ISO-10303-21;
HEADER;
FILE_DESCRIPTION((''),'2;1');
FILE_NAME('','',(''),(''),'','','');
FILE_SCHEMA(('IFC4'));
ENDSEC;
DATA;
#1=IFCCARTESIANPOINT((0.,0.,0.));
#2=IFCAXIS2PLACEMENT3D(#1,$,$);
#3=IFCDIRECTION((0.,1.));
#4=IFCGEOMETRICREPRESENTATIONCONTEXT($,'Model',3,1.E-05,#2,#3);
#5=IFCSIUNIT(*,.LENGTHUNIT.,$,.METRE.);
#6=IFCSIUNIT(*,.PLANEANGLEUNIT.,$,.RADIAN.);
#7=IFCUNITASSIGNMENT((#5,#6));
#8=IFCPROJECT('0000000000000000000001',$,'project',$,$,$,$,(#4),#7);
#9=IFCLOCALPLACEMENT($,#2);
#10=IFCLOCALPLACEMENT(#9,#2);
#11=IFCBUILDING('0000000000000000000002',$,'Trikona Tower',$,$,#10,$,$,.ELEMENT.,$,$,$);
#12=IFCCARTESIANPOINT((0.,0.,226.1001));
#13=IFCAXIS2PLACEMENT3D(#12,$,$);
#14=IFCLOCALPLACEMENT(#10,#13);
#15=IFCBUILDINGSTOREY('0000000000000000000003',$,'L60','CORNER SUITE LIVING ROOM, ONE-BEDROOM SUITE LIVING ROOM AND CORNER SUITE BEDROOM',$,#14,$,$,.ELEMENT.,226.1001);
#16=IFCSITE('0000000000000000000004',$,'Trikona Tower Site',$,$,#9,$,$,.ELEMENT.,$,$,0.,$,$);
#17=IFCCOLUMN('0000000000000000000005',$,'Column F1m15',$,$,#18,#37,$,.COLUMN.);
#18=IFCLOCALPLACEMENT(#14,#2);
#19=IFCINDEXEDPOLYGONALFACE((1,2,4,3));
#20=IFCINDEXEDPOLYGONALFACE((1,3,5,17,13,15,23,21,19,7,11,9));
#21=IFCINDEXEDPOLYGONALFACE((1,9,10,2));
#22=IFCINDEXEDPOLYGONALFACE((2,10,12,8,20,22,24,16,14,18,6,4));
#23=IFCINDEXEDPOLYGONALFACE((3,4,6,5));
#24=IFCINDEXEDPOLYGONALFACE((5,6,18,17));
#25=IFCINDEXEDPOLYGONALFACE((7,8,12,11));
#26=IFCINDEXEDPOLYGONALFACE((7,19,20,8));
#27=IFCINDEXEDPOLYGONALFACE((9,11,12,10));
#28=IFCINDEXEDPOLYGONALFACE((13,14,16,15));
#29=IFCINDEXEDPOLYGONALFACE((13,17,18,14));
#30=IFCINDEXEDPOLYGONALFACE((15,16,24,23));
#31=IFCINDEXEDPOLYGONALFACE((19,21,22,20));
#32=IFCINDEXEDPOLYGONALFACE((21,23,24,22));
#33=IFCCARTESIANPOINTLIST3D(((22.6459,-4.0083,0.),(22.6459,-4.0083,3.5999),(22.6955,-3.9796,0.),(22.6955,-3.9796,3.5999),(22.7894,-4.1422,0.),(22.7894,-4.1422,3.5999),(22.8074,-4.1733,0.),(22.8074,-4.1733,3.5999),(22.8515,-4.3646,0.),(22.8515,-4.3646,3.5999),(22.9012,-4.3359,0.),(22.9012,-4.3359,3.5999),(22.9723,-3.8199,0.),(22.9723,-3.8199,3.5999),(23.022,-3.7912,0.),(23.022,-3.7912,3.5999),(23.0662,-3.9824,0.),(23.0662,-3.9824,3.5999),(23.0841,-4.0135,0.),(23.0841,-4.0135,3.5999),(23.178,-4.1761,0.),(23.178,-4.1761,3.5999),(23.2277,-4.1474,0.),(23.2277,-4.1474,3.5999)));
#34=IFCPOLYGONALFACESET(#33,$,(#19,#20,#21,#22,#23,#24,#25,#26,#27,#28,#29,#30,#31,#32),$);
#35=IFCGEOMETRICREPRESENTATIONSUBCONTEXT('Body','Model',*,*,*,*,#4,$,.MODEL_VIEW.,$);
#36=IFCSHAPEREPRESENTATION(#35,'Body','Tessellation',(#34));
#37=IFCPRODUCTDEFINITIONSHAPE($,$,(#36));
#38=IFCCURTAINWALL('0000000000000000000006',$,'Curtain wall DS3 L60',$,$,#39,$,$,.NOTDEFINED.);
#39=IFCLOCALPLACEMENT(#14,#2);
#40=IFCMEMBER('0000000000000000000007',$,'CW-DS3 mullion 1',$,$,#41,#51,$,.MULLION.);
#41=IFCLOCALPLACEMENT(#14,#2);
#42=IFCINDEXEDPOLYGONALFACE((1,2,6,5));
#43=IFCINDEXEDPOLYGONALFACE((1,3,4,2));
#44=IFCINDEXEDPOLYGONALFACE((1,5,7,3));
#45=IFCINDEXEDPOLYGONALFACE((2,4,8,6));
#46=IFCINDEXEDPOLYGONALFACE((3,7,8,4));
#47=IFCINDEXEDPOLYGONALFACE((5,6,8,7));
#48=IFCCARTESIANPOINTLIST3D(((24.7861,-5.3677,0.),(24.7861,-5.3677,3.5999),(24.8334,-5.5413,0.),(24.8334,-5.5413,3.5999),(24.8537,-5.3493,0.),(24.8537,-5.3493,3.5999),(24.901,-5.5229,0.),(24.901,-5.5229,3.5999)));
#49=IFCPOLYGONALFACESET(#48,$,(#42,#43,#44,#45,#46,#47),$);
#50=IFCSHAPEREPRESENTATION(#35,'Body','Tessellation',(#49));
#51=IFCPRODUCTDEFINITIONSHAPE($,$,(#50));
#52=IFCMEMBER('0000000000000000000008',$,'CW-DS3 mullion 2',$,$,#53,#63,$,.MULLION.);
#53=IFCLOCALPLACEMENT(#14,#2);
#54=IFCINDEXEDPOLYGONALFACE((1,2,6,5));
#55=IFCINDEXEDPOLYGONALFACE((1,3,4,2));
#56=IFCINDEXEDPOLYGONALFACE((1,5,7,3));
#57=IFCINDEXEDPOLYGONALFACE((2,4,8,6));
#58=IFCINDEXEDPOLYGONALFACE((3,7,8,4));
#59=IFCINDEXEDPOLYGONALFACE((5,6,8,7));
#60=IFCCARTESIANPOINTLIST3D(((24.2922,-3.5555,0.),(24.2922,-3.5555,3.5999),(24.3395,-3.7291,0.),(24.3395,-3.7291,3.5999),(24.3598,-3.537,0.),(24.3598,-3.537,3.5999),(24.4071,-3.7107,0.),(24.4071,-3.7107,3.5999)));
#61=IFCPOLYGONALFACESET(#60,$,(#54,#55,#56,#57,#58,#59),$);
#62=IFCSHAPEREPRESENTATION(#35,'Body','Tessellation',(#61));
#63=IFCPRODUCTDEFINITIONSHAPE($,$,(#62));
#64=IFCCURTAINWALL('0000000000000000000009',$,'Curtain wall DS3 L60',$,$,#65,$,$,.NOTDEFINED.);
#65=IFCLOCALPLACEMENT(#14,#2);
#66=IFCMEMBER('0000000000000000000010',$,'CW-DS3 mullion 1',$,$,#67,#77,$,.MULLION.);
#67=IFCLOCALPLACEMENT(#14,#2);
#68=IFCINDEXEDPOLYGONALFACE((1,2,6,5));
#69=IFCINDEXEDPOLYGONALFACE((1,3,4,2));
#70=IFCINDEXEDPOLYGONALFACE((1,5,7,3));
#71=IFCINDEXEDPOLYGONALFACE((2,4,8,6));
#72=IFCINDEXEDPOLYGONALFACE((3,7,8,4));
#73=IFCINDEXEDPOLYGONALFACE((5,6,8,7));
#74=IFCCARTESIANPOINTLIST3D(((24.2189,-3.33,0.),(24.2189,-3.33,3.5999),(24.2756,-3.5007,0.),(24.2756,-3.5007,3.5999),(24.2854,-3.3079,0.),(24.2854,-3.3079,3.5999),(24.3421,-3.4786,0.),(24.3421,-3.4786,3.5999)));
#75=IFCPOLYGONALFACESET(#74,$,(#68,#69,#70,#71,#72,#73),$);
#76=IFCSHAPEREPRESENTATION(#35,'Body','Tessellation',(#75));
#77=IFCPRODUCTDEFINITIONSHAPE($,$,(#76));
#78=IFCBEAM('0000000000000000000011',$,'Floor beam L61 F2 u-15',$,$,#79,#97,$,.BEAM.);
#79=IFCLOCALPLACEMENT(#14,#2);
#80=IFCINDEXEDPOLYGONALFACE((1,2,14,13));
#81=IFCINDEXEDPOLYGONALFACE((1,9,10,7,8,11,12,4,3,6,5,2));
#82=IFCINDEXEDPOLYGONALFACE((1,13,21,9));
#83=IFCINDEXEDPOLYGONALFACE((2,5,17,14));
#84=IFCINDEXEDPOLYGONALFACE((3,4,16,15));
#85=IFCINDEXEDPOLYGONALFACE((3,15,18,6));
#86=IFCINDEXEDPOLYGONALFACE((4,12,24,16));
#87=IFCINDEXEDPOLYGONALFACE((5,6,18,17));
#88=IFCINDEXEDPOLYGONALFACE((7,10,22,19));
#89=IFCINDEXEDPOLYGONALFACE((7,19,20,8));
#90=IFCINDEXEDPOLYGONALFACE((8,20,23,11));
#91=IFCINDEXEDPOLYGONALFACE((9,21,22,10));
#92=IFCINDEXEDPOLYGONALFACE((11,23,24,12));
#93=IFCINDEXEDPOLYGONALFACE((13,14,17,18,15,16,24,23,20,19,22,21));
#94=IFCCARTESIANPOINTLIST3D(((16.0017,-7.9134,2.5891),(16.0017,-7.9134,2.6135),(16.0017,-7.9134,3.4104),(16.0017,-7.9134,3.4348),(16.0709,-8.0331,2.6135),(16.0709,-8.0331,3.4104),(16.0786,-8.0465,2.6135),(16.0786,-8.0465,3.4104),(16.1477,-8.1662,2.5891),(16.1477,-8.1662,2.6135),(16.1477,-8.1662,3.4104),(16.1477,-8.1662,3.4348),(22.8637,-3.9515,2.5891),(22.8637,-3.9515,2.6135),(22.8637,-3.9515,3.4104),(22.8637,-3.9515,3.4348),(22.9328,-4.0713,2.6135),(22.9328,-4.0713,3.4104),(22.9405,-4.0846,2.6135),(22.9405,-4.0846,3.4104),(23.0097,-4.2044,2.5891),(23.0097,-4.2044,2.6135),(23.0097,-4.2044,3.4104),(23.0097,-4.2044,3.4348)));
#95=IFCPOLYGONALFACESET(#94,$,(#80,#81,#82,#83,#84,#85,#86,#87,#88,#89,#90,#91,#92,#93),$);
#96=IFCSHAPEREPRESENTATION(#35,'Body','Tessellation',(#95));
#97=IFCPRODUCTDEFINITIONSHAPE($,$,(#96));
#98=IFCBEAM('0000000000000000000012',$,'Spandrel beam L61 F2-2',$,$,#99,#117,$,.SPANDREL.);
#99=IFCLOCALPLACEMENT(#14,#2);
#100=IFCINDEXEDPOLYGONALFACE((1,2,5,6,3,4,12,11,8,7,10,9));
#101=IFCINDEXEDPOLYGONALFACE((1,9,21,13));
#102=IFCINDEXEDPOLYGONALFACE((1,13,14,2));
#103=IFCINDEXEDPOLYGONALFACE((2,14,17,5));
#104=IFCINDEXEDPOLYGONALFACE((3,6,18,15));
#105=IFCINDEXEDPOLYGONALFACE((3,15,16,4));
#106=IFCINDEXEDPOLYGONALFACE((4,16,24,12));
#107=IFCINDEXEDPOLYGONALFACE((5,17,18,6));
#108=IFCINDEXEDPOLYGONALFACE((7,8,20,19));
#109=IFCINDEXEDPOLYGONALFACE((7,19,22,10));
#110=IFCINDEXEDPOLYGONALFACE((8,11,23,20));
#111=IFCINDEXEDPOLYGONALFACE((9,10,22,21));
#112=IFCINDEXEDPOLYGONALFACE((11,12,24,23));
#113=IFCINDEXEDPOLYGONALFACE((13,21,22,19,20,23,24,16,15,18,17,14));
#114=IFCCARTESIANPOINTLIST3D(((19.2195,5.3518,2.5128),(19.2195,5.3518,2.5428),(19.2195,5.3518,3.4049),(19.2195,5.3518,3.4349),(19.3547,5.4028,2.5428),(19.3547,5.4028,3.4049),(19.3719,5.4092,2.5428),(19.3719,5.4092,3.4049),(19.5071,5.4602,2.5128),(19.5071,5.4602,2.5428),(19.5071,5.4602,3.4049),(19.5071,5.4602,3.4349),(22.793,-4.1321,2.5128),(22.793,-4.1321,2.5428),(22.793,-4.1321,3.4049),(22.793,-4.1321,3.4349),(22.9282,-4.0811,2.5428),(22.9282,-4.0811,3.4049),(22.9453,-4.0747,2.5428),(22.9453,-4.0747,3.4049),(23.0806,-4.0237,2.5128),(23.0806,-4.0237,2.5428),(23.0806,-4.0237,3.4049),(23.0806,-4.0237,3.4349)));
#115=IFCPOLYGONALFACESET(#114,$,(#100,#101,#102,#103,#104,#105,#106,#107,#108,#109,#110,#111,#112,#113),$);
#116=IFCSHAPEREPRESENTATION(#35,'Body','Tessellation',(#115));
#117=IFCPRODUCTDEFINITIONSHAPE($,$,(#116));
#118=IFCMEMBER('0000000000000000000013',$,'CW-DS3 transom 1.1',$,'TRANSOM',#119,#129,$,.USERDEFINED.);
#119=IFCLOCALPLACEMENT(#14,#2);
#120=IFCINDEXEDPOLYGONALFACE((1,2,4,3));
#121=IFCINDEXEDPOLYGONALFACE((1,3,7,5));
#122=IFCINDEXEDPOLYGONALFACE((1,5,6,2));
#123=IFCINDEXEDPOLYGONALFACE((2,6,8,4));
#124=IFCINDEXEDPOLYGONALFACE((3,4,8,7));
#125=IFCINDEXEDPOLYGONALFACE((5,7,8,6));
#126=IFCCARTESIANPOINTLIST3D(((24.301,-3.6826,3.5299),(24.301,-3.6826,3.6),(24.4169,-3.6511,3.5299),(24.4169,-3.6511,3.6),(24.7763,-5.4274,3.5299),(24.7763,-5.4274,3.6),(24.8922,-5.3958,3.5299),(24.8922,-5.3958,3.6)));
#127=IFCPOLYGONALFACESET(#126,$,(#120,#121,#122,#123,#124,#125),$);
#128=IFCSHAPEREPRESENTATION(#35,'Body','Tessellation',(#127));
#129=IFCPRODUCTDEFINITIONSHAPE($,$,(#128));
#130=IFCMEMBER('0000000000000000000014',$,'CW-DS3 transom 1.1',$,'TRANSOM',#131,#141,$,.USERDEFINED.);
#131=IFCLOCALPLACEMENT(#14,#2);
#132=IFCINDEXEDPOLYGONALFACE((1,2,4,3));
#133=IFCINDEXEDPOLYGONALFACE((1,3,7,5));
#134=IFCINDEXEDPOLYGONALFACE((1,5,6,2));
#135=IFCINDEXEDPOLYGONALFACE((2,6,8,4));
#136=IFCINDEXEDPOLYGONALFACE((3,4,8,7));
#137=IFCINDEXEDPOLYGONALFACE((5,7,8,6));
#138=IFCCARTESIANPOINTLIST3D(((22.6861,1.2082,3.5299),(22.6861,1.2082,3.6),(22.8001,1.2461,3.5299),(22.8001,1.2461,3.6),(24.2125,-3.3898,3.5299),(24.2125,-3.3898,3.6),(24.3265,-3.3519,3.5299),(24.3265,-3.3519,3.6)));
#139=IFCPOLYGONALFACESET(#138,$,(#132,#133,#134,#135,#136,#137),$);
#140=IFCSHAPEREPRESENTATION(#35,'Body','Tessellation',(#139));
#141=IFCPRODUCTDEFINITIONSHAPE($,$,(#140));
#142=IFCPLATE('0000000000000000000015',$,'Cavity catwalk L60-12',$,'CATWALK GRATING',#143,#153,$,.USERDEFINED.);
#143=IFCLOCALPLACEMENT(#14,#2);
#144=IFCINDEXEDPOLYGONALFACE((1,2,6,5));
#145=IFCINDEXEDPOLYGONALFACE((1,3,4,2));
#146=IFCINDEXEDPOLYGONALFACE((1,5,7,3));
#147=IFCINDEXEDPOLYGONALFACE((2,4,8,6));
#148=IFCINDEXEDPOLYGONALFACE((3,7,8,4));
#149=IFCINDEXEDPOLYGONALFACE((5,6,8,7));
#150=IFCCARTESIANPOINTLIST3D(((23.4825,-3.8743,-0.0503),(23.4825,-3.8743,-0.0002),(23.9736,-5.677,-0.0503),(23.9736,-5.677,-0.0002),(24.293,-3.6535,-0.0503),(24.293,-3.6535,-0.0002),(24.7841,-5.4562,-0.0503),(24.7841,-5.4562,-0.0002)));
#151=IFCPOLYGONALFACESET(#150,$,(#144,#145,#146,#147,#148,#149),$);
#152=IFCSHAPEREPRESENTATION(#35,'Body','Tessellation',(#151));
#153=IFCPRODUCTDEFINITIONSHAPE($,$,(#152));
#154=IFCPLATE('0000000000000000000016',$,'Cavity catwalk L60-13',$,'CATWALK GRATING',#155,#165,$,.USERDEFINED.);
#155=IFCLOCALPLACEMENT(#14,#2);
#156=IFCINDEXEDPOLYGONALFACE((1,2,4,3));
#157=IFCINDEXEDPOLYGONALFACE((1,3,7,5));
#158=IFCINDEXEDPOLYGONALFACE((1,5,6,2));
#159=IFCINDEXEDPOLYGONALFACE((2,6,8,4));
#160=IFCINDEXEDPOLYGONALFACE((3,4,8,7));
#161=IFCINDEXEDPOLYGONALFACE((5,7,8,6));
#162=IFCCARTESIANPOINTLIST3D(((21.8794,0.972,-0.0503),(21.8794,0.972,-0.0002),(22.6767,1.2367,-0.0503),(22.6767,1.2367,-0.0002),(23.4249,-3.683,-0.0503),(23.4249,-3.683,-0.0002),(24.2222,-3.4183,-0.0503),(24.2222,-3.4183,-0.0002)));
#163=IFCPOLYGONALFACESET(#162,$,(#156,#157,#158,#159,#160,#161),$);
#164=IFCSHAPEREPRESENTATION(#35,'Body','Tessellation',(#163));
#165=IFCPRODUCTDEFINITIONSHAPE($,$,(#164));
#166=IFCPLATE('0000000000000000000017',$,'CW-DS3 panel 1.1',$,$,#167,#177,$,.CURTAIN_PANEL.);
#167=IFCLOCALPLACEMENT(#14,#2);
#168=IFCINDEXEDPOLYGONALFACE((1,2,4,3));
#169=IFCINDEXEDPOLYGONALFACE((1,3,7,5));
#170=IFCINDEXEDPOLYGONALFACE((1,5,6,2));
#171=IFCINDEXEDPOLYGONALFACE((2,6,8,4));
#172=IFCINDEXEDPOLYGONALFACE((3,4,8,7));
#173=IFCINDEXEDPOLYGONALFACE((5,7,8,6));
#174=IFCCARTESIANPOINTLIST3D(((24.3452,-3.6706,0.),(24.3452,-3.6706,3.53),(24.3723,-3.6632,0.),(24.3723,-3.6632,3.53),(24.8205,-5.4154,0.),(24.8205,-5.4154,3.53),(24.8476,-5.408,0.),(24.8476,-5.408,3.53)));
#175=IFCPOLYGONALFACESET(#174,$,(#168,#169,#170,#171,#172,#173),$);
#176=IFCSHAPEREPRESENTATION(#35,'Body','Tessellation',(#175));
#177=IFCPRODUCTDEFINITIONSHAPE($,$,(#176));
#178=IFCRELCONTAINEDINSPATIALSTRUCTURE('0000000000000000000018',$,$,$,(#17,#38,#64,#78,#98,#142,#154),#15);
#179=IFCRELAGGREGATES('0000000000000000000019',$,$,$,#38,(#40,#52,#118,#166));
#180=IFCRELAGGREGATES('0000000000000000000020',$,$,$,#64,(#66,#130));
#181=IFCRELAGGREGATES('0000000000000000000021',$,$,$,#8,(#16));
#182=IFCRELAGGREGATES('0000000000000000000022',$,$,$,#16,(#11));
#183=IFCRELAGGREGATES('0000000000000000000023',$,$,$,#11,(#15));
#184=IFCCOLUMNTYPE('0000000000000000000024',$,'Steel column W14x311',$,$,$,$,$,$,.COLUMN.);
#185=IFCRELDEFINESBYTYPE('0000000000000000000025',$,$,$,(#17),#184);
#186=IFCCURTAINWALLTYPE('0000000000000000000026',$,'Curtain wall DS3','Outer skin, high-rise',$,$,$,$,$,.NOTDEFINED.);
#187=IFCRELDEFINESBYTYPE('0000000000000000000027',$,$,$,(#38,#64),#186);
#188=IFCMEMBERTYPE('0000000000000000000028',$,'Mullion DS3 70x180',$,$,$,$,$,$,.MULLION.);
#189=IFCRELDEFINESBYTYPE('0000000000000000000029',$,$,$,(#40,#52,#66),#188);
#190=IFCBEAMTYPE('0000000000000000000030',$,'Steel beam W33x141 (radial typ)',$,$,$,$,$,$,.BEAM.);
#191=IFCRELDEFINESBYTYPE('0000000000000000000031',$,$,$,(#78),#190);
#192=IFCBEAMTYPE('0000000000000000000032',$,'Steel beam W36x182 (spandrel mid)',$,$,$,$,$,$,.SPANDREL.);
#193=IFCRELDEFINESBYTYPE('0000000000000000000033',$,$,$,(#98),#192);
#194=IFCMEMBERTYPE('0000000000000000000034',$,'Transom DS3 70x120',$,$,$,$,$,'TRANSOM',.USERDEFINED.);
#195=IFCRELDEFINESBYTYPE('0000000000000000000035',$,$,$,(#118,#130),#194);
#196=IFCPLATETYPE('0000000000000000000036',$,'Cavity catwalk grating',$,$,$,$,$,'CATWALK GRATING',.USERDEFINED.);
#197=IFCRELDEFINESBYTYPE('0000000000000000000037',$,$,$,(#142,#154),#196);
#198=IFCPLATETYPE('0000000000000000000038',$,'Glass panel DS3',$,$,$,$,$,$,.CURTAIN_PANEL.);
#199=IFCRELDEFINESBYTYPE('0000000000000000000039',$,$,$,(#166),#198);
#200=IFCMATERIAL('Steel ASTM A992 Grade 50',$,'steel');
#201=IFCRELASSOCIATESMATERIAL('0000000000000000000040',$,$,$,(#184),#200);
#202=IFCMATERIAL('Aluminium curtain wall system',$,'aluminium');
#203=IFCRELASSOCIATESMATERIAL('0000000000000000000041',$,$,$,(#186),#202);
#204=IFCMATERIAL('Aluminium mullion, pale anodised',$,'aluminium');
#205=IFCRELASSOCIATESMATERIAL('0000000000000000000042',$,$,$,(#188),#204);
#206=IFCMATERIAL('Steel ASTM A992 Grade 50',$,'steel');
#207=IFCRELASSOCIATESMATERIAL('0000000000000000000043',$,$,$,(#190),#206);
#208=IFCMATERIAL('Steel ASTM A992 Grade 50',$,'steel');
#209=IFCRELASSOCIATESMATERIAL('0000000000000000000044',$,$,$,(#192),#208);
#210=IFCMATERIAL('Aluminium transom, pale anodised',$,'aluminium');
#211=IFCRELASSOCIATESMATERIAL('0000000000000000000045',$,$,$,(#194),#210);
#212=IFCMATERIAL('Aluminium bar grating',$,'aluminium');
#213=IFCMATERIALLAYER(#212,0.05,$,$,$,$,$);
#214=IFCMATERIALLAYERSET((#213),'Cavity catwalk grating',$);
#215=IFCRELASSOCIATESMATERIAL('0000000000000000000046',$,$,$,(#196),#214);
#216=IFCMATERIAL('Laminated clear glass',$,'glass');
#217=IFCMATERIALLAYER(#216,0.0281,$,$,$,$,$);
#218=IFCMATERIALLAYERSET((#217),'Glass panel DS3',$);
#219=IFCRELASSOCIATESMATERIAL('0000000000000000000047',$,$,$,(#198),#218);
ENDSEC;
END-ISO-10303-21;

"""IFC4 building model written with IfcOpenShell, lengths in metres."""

from ifc_helpers import new_model, si_unit, direction, frame, origin, origin_2d, place, context, subcontext, project, spatial, rectangle, i_section, extrude, material, layer, layer_set, material_profile, profile_set, type_object, element, aggregate, save


model = new_model("IFC4")

# Units and contexts
model_context = context("Model", 3, precision=1e-05, world=origin(), true_north=direction((0.0, 1.0)))
body_context = subcontext(model_context, "Body", "Model", "MODEL_VIEW")
ifc_project = project(units=[si_unit("LENGTHUNIT", "METRE"), si_unit("PLANEANGLEUNIT", "RADIAN")], contexts=[model_context])

# Site, building, storey
site_placement = place(None, origin())
site = spatial("IfcSite", under=ifc_project, at=site_placement, Name="Trikona Tower Site", CompositionType="ELEMENT", RefElevation=0.0)
building_placement = place(site_placement, origin())
building = spatial("IfcBuilding", under=site, at=building_placement, Name="Trikona Tower", CompositionType="ELEMENT")
storey_placement = place(building_placement, frame((0.0, 0.0, 226.1001)))
storey = spatial("IfcBuildingStorey", under=building, at=storey_placement, Name="L60", Description="CORNER SUITE LIVING ROOM, ONE-BEDROOM SUITE LIVING ROOM AND CORNER SUITE BEDROOM", CompositionType="ELEMENT", Elevation=226.1001)

# Column
ifc_material_1 = material(Name="Steel ASTM A992 Grade 50", Category="steel")
ifc_material_profile_1 = material_profile(ifc_material_1, i_section(OverallWidth=0.4114, OverallDepth=0.4343, WebThickness=0.0359, FlangeThickness=0.0574, at=origin_2d()), Name="W14X311")
ifc_profile_set_1 = profile_set([ifc_material_profile_1], Name="Steel ASTM A992 Grade 50")
column_type = type_object("IfcColumnType", Name="Steel column W14x311", PredefinedType="COLUMN", material=ifc_profile_set_1)
column_placement = place(storey_placement, frame((22.9368, -4.0779, 0.0), z_axis=(0.0, 0.0, 1.0), x_axis=(-0.5, 0.866025, 0.0)))
element("IfcColumn", 1, at=column_placement, inside=storey, type_object=column_type, Name="Column F1m15", PredefinedType="COLUMN", context=body_context, shape_type="SweptSolid", body=[
    extrude(i_section(OverallWidth=0.4114, OverallDepth=0.4343, WebThickness=0.0359, FlangeThickness=0.0574, at=origin_2d()), origin(), (0.0, 0.0, 1.0), 3.5999),
])

# Curtain wall, members
ifc_material_2 = material(Name="Aluminium curtain wall system", Category="aluminium")
curtain_wall_type = type_object("IfcCurtainWallType", Name="Curtain wall DS3", Description="Outer skin, high-rise", PredefinedType="NOTDEFINED", material=ifc_material_2)
curtain_wall_1_placement = place(storey_placement, origin())
curtain_wall_1 = element("IfcCurtainWall", 2, at=curtain_wall_1_placement, inside=storey, type_object=curtain_wall_type, Name="Curtain wall DS3 L60", PredefinedType="NOTDEFINED")
ifc_material_3 = material(Name="Aluminium mullion, pale anodised", Category="aluminium")
ifc_material_profile_2 = material_profile(ifc_material_3, rectangle(XDim=0.0701, YDim=0.1799, at=origin_2d()), Name="MUL-DS3")
ifc_profile_set_2 = profile_set([ifc_material_profile_2], Name="Aluminium mullion, pale anodised")
member_type_1 = type_object("IfcMemberType", Name="Mullion DS3 70x180", PredefinedType="MULLION", material=ifc_profile_set_2)
member_1_placement = place(storey_placement, frame((24.8435, -5.4453, 0.0), z_axis=(0.0, 0.0, 1.0), x_axis=(-0.964838, -0.262844, 0.0)))
member_1 = element("IfcMember", 3, at=member_1_placement, type_object=member_type_1, Name="CW-DS3 mullion 1", PredefinedType="MULLION", context=body_context, shape_type="SweptSolid", body=[
    extrude(rectangle(XDim=0.0701, YDim=0.1799, at=origin_2d()), origin(), (0.0, 0.0, 1.0), 3.5999),
])
member_2_placement = place(storey_placement, frame((24.3496, -3.6331, 0.0), z_axis=(0.0, 0.0, 1.0), x_axis=(-0.964838, -0.262844, 0.0)))
member_2 = element("IfcMember", 4, at=member_2_placement, type_object=member_type_1, Name="CW-DS3 mullion 2", PredefinedType="MULLION", context=body_context, shape_type="SweptSolid", body=[
    extrude(rectangle(XDim=0.0701, YDim=0.1799, at=origin_2d()), origin(), (0.0, 0.0, 1.0), 3.5999),
])

# Curtain wall, member
curtain_wall_2_placement = place(storey_placement, origin())
curtain_wall_2 = element("IfcCurtainWall", 5, at=curtain_wall_2_placement, inside=storey, type_object=curtain_wall_type, Name="Curtain wall DS3 L60", PredefinedType="NOTDEFINED")
member_3_placement = place(storey_placement, frame((24.2805, -3.4043, 0.0), z_axis=(0.0, 0.0, 1.0), x_axis=(-0.949066, -0.315078, 0.0)))
member_3 = element("IfcMember", 6, at=member_3_placement, type_object=member_type_1, Name="CW-DS3 mullion 1", PredefinedType="MULLION", context=body_context, shape_type="SweptSolid", body=[
    extrude(rectangle(XDim=0.0701, YDim=0.1799, at=origin_2d()), origin(), (0.0, 0.0, 1.0), 3.5999),
])

# Beams
ifc_material_4 = material(Name="Steel ASTM A992 Grade 50", Category="steel")
ifc_material_profile_3 = material_profile(ifc_material_4, i_section(OverallWidth=0.292, OverallDepth=0.8457, WebThickness=0.0154, FlangeThickness=0.0244, at=origin_2d()), Name="W33X141")
ifc_profile_set_3 = profile_set([ifc_material_profile_3], Name="Steel ASTM A992 Grade 50")
beam_type_1 = type_object("IfcBeamType", Name="Steel beam W33x141 (radial typ)", PredefinedType="BEAM", material=ifc_profile_set_3)
beam_1_placement = place(storey_placement, frame((16.0747, -8.0398, 3.012), z_axis=(0.86602, 0.50001, 0.0), x_axis=(-0.50001, 0.86602, 0.0)))
element("IfcBeam", 7, at=beam_1_placement, inside=storey, type_object=beam_type_1, Name="Floor beam L61 F2 u-15", PredefinedType="BEAM", context=body_context, shape_type="SweptSolid", body=[
    extrude(i_section(OverallWidth=0.292, OverallDepth=0.8457, WebThickness=0.0154, FlangeThickness=0.0244, at=origin_2d()), origin(), (0.0, 0.0, 1.0), 7.9236),
])
ifc_material_5 = material(Name="Steel ASTM A992 Grade 50", Category="steel")
ifc_material_profile_4 = material_profile(ifc_material_5, i_section(OverallWidth=0.3074, OverallDepth=0.9221, WebThickness=0.0183, FlangeThickness=0.03, at=origin_2d()), Name="W36X182")
ifc_profile_set_4 = profile_set([ifc_material_profile_4], Name="Steel ASTM A992 Grade 50")
beam_type_2 = type_object("IfcBeamType", Name="Steel beam W36x182 (spandrel mid)", PredefinedType="SPANDREL", material=ifc_profile_set_4)
beam_2_placement = place(storey_placement, frame((22.9368, -4.0779, 2.9739), z_axis=(-0.352596, 0.935776, 0.0), x_axis=(-0.935776, -0.352596, 0.0)))
element("IfcBeam", 8, at=beam_2_placement, inside=storey, type_object=beam_type_2, Name="Spandrel beam L61 F2-2", PredefinedType="SPANDREL", context=body_context, shape_type="SweptSolid", body=[
    extrude(i_section(OverallWidth=0.3074, OverallDepth=0.9221, WebThickness=0.0183, FlangeThickness=0.03, at=origin_2d()), origin(), (0.0, 0.0, 1.0), 10.1348),
])

# Members
ifc_material_6 = material(Name="Aluminium transom, pale anodised", Category="aluminium")
ifc_material_profile_5 = material_profile(ifc_material_6, rectangle(XDim=0.1201, YDim=0.0701, at=origin_2d()), Name="TRN-DS3")
ifc_profile_set_5 = profile_set([ifc_material_profile_5], Name="Aluminium transom, pale anodised")
member_type_2 = type_object("IfcMemberType", Name="Transom DS3 70x120", ElementType="TRANSOM", PredefinedType="USERDEFINED", material=ifc_profile_set_5)
member_4_placement = place(storey_placement, frame((24.8342, -5.4116, 3.5649), z_axis=(-0.262843, 0.964839, 0.0), x_axis=(-0.964839, -0.262843, 0.0)))
member_4 = element("IfcMember", 9, at=member_4_placement, type_object=member_type_2, Name="CW-DS3 transom 1.1", ObjectType="TRANSOM", PredefinedType="USERDEFINED", context=body_context, shape_type="SweptSolid", body=[
    extrude(rectangle(XDim=0.1201, YDim=0.0701, at=origin_2d()), origin(), (0.0, 0.0, 1.0), 1.8083),
])
member_5_placement = place(storey_placement, frame((24.2695, -3.3708, 3.5649), z_axis=(-0.315063, 0.949071, 0.0), x_axis=(-0.949071, -0.315063, 0.0)))
member_5 = element("IfcMember", 10, at=member_5_placement, type_object=member_type_2, Name="CW-DS3 transom 1.1", ObjectType="TRANSOM", PredefinedType="USERDEFINED", context=body_context, shape_type="SweptSolid", body=[
    extrude(rectangle(XDim=0.1201, YDim=0.0701, at=origin_2d()), origin(), (0.0, 0.0, 1.0), 4.8447),
])

# Plates
ifc_material_7 = material(Name="Aluminium bar grating", Category="aluminium")
ifc_layer_1 = layer(ifc_material_7, 0.05)
ifc_layer_set_1 = layer_set([ifc_layer_1], Name="Cavity catwalk grating")
plate_type_1 = type_object("IfcPlateType", Name="Cavity catwalk grating", ElementType="CATWALK GRATING", PredefinedType="USERDEFINED", material=ifc_layer_set_1)
plate_1_placement = place(storey_placement, frame((24.1333, -4.6653, -0.0503), z_axis=(0.0, 0.0, 1.0), x_axis=(-0.262822, 0.964844, 0.0)))
element("IfcPlate", 11, at=plate_1_placement, inside=storey, type_object=plate_type_1, Name="Cavity catwalk L60-12", ObjectType="CATWALK GRATING", PredefinedType="USERDEFINED", context=body_context, shape_type="SweptSolid", body=[
    extrude(rectangle(XDim=1.8684, YDim=0.8401, at=origin_2d()), origin(), (0.0, 0.0, 1.0), 0.05),
])
plate_2_placement = place(storey_placement, frame((23.0508, -1.2231, -0.0503), z_axis=(0.0, 0.0, 1.0), x_axis=(-0.315093, 0.949061, 0.0)))
element("IfcPlate", 12, at=plate_2_placement, inside=storey, type_object=plate_type_1, Name="Cavity catwalk L60-13", ObjectType="CATWALK GRATING", PredefinedType="USERDEFINED", context=body_context, shape_type="SweptSolid", body=[
    extrude(rectangle(XDim=4.9048, YDim=0.8401, at=origin_2d()), origin(), (0.0, 0.0, 1.0), 0.05),
])

# Plate
ifc_material_8 = material(Name="Laminated clear glass", Category="glass")
ifc_layer_2 = layer(ifc_material_8, 0.0281)
ifc_layer_set_2 = layer_set([ifc_layer_2], Name="Glass panel DS3")
plate_type_2 = type_object("IfcPlateType", Name="Glass panel DS3", PredefinedType="CURTAIN_PANEL", material=ifc_layer_set_2)
plate_3_placement = place(storey_placement, frame((24.5964, -4.5393, 0.0), z_axis=(0.0, 0.0, 1.0), x_axis=(-0.262844, 0.964838, 0.0)))
plate_3 = element("IfcPlate", 13, at=plate_3_placement, type_object=plate_type_2, Name="CW-DS3 panel 1.1", PredefinedType="CURTAIN_PANEL", context=body_context, shape_type="SweptSolid", body=[
    extrude(rectangle(XDim=1.8083, YDim=0.0281, at=origin_2d()), origin(), (0.0, 0.0, 1.0), 3.53),
])
aggregate(curtain_wall_1, [member_1, member_2, member_4, plate_3])
aggregate(curtain_wall_2, [member_3, member_5])

save(model, "model.ifc")
